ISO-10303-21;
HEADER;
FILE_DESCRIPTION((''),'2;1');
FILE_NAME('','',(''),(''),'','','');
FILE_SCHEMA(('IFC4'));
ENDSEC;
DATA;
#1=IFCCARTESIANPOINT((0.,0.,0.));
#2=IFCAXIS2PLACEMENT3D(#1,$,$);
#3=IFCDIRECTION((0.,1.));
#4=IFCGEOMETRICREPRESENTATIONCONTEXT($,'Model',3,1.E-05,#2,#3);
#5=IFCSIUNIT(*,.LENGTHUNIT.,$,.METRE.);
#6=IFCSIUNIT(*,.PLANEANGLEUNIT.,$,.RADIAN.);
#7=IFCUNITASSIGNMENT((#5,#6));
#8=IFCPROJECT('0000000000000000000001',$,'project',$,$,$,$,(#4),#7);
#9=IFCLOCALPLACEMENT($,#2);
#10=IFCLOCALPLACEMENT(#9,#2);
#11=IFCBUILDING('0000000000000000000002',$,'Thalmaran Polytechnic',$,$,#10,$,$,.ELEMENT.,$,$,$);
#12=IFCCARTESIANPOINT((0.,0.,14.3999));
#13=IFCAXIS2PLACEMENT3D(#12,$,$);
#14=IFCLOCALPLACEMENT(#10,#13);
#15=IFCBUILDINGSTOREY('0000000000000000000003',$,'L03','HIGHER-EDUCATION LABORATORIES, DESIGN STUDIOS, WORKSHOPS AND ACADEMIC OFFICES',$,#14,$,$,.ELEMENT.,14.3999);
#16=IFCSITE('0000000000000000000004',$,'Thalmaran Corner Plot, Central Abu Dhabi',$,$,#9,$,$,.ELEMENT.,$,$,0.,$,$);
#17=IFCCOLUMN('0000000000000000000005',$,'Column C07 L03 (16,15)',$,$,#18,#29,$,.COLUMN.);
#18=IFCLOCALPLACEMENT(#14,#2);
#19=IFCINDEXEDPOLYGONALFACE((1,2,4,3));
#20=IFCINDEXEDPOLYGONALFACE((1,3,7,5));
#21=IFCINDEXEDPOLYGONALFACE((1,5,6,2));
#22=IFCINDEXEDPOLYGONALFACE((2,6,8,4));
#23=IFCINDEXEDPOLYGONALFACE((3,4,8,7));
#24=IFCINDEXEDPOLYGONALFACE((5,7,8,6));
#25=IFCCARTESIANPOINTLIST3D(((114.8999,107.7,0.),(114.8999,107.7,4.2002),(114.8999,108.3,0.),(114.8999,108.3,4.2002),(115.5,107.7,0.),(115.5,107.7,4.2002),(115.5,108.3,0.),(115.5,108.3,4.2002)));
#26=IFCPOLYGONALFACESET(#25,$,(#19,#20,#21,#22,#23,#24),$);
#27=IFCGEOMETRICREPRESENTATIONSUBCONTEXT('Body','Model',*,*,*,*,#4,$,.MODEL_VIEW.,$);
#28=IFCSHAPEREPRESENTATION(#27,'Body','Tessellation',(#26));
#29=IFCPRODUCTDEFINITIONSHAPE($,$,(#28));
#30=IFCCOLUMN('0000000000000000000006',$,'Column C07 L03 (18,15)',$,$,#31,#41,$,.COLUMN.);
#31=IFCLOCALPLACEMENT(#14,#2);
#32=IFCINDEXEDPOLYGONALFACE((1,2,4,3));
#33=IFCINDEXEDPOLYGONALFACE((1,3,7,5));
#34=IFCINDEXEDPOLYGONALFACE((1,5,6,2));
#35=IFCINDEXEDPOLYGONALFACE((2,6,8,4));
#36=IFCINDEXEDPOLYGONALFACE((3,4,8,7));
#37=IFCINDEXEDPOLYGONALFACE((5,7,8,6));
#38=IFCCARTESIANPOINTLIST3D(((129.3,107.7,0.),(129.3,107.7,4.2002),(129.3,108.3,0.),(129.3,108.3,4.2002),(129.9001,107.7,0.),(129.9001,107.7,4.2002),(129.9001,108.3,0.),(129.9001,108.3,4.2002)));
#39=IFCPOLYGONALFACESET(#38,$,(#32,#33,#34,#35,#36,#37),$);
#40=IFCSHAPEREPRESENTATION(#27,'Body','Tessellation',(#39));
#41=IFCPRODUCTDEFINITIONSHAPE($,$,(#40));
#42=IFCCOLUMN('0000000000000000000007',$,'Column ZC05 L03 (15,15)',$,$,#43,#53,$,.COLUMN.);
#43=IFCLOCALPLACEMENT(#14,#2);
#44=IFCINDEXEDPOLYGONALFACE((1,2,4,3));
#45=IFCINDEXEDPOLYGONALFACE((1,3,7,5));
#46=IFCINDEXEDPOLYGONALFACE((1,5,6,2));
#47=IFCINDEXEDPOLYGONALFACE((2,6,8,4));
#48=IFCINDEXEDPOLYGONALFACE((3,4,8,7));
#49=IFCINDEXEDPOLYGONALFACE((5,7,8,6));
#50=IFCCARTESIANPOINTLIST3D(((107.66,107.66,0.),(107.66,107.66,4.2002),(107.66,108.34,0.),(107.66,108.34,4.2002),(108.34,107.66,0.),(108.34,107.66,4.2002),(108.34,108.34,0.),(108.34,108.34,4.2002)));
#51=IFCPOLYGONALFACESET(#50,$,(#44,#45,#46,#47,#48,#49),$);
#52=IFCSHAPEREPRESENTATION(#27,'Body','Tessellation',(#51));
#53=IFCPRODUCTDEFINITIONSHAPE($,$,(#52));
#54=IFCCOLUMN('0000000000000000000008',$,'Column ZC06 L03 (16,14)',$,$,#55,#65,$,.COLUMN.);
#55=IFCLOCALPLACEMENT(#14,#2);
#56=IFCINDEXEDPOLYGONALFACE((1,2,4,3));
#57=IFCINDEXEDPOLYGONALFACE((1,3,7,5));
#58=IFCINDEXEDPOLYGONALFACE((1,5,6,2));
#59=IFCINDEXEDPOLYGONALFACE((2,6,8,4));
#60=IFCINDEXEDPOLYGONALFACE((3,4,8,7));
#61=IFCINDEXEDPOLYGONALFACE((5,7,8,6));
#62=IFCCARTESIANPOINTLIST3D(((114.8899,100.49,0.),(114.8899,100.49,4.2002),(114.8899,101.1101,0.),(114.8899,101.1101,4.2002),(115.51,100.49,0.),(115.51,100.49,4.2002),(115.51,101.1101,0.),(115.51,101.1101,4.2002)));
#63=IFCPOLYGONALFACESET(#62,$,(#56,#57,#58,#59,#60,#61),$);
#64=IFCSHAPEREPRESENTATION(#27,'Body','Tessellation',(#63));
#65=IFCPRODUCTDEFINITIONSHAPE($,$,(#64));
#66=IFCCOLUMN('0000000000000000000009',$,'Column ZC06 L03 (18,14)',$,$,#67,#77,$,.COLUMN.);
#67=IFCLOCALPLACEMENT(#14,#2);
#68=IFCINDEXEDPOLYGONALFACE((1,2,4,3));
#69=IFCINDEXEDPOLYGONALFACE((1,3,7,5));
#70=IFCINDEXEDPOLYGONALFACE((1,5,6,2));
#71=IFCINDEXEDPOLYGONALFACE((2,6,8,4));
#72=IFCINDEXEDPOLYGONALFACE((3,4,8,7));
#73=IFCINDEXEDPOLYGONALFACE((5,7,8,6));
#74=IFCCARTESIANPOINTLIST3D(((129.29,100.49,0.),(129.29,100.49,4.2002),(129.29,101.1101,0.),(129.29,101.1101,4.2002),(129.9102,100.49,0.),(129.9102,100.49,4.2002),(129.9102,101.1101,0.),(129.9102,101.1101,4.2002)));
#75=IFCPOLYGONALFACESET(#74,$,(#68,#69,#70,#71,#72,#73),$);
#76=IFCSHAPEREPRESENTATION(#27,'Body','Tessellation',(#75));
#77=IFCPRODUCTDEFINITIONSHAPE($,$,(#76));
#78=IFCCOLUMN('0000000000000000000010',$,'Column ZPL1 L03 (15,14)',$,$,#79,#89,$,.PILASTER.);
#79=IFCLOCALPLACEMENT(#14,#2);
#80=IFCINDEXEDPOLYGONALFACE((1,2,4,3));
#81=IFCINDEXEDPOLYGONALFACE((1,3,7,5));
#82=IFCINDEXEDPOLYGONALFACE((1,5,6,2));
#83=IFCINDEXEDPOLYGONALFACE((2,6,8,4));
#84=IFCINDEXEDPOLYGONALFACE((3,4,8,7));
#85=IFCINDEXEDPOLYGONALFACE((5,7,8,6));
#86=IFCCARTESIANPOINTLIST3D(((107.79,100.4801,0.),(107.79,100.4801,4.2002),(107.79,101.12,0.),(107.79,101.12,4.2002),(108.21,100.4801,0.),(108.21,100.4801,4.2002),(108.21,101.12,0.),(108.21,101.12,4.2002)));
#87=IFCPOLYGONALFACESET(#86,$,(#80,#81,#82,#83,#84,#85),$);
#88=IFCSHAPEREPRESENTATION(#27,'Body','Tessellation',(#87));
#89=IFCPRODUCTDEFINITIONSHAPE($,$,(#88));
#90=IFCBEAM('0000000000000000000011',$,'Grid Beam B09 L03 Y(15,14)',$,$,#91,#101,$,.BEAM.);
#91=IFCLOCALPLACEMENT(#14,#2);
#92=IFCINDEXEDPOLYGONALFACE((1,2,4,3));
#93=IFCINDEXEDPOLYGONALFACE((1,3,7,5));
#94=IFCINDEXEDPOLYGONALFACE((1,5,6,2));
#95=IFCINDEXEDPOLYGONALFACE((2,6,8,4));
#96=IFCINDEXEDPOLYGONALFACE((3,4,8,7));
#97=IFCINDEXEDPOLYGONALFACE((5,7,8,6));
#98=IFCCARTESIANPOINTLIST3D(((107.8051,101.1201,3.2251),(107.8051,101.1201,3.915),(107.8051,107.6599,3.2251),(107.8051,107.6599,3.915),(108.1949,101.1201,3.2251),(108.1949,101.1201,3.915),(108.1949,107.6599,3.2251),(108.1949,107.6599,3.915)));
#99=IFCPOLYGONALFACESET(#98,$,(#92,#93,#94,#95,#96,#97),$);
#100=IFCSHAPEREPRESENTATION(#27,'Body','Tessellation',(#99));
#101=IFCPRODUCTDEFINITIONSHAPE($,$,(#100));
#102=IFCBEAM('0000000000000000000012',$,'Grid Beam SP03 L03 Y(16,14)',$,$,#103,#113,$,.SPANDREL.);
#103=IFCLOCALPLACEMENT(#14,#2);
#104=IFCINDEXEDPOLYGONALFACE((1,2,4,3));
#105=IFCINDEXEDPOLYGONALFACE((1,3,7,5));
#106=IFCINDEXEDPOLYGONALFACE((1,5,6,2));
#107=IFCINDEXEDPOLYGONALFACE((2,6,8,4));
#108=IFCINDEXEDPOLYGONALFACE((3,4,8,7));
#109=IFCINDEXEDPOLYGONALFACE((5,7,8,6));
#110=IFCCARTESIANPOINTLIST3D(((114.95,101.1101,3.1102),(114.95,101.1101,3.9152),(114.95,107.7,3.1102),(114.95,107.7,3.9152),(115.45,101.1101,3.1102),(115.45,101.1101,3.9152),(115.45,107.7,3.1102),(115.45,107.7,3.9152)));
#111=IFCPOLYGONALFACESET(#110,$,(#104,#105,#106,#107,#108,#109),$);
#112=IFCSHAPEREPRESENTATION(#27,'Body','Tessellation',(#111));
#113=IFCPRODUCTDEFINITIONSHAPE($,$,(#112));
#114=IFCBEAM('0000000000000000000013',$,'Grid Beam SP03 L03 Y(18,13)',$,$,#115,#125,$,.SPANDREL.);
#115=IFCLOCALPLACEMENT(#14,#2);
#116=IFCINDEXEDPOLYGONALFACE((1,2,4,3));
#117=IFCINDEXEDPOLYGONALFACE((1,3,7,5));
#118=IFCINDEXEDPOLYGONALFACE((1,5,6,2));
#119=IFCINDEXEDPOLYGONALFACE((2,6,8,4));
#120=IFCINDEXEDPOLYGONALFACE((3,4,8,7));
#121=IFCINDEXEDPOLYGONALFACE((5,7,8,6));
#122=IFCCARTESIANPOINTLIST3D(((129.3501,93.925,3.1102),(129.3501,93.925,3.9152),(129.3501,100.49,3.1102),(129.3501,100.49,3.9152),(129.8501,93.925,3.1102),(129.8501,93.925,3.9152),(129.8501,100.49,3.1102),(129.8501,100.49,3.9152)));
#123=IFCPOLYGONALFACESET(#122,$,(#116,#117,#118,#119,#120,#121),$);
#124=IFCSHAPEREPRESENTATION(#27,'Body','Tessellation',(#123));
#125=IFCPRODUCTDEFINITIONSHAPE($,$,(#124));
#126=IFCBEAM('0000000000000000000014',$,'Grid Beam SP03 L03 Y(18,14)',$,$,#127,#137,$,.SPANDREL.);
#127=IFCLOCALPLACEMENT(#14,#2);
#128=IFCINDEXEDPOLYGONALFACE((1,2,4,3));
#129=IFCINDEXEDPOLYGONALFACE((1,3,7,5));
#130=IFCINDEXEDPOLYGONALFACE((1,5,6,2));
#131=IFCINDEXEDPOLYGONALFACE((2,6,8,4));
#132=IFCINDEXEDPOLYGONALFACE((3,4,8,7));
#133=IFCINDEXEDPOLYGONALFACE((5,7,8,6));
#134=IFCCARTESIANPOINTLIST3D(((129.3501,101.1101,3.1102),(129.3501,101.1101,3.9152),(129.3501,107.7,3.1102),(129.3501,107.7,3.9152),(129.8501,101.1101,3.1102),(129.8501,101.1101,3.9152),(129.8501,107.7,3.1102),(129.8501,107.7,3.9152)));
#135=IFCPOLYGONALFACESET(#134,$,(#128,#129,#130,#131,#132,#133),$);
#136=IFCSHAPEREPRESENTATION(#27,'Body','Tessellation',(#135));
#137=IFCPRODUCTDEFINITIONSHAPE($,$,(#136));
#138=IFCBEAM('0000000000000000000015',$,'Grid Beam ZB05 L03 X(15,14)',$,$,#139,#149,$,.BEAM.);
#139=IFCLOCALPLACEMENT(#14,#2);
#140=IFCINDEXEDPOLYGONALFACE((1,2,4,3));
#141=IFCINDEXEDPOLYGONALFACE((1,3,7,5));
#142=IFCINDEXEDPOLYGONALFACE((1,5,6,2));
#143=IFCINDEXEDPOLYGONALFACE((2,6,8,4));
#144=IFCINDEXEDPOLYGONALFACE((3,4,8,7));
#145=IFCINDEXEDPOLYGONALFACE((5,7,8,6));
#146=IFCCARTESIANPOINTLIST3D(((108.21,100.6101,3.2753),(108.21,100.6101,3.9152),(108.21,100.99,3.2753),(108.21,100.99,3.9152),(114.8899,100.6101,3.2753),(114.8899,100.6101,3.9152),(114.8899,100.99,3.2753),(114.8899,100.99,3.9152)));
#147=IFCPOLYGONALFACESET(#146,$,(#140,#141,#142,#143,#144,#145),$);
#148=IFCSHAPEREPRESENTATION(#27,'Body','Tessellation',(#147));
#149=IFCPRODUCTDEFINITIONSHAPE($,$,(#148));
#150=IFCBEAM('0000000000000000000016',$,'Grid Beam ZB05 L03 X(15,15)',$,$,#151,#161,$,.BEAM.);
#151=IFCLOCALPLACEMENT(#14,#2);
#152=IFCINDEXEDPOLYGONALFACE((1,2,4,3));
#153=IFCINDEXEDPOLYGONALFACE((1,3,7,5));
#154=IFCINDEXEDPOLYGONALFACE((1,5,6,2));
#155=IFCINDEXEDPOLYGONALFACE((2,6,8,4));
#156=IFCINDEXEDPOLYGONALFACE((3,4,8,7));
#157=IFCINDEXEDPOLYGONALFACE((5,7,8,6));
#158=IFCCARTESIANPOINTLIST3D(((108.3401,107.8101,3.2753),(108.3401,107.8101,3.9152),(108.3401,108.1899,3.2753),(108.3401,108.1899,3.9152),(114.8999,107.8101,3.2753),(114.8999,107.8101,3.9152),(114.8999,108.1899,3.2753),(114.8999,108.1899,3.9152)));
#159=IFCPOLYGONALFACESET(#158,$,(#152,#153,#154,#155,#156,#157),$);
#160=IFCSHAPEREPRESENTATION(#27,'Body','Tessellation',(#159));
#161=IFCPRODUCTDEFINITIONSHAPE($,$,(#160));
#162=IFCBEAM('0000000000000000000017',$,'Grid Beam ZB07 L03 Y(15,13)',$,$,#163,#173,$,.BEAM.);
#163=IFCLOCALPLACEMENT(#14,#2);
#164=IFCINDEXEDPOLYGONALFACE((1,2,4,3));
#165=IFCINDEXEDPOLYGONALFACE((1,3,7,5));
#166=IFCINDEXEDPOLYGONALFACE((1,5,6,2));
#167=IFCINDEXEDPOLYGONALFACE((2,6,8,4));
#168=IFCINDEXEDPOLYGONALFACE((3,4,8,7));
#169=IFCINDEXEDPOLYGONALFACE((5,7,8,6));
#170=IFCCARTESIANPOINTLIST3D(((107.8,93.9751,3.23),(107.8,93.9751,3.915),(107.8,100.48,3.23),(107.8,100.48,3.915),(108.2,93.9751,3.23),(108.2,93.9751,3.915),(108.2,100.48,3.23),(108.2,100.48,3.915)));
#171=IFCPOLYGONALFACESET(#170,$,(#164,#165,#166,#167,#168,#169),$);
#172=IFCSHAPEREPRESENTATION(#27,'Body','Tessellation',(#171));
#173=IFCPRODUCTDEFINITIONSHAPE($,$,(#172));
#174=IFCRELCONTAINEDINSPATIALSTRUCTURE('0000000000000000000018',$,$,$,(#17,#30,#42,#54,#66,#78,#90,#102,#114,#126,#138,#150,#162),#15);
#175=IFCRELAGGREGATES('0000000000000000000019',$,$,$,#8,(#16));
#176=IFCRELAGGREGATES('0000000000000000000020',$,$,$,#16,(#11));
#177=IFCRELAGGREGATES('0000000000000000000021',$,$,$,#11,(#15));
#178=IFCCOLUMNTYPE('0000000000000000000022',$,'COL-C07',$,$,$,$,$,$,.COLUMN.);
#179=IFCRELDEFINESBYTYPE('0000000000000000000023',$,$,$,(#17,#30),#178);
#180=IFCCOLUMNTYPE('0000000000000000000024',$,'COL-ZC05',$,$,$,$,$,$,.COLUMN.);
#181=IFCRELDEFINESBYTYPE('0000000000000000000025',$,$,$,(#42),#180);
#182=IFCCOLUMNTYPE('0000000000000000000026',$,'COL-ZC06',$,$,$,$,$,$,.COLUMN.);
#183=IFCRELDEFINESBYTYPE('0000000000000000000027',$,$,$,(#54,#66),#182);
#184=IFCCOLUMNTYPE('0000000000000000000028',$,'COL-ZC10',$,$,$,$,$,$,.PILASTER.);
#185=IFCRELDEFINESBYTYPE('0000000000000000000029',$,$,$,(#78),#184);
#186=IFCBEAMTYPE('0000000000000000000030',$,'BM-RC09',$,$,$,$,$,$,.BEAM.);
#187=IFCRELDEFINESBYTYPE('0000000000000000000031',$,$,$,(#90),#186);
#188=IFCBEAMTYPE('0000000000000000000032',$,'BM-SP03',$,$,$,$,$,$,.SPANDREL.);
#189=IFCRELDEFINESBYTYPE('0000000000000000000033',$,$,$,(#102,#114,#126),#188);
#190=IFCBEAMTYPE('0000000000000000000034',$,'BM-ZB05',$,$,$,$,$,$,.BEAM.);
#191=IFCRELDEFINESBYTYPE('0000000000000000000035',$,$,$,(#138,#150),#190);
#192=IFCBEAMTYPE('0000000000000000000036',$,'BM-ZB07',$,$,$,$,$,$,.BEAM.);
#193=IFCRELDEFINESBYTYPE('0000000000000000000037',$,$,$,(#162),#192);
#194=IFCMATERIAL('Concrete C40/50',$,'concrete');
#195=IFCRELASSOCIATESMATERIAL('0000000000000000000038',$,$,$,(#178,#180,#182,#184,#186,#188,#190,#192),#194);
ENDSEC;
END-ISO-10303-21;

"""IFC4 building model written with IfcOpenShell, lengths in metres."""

from ifc_helpers import new_model, si_unit, direction, frame, origin, origin_2d, place, context, subcontext, project, spatial, rectangle, extrude, material, material_profile, profile_set, type_object, element, save


model = new_model("IFC4")

# Units and contexts
model_context = context("Model", 3, precision=1e-05, world=origin(), true_north=direction((0.0, 1.0)))
body_context = subcontext(model_context, "Body", "Model", "MODEL_VIEW")
ifc_project = project(units=[si_unit("LENGTHUNIT", "METRE"), si_unit("PLANEANGLEUNIT", "RADIAN")], contexts=[model_context])

# Site, building, storey
site_placement = place(None, origin())
site = spatial("IfcSite", under=ifc_project, at=site_placement, Name="Thalmaran Corner Plot, Central Abu Dhabi", CompositionType="ELEMENT", RefElevation=0.0)
building_placement = place(site_placement, origin())
building = spatial("IfcBuilding", under=site, at=building_placement, Name="Thalmaran Polytechnic", CompositionType="ELEMENT")
storey_placement = place(building_placement, frame((0.0, 0.0, 14.3999)))
storey = spatial("IfcBuildingStorey", under=building, at=storey_placement, Name="L03", Description="HIGHER-EDUCATION LABORATORIES, DESIGN STUDIOS, WORKSHOPS AND ACADEMIC OFFICES", CompositionType="ELEMENT", Elevation=14.3999)

# Columns
ifc_material_1 = material(Name="Concrete C40/50", Category="concrete")
ifc_material_profile_1 = material_profile(ifc_material_1, rectangle(XDim=0.6001, YDim=0.6001, at=origin_2d()), Name="RC 600x600")
ifc_profile_set_1 = profile_set([ifc_material_profile_1], Name="Concrete C40/50")
column_type_1 = type_object("IfcColumnType", Name="COL-C07", PredefinedType="COLUMN", material=ifc_profile_set_1)
for number, where, z_axis, x_axis, name in (
    (1, (115.2, 108.0, 0.0), (0.0, 0.0, 1.0), (1.0, 0.0, 0.0), "Column C07 L03 (16,15)"),
    (2, (129.6001, 108.0, 0.0), (0.0, 0.0, 1.0), (1.0, 0.0, 0.0), "Column C07 L03 (18,15)"),
):
    element("IfcColumn", number, at=place(storey_placement, frame(where, z_axis=z_axis, x_axis=x_axis)), inside=storey, type_object=column_type_1, Name=name, PredefinedType="COLUMN", context=body_context, shape_type="SweptSolid", body=[
        extrude(rectangle(XDim=0.6001, YDim=0.6001, at=origin_2d()), origin(), (0.0, 0.0, 1.0), 4.2002),
    ])
ifc_material_profile_2 = material_profile(ifc_material_1, rectangle(XDim=0.6799, YDim=0.6799, at=origin_2d()), Name="RC 680x680")
ifc_profile_set_2 = profile_set([ifc_material_profile_2], Name="Concrete C40/50")
column_type_2 = type_object("IfcColumnType", Name="COL-ZC05", PredefinedType="COLUMN", material=ifc_profile_set_2)
column_1_placement = place(storey_placement, frame((108.0, 108.0, 0.0), z_axis=(0.0, 0.0, 1.0), x_axis=(1.0, 0.0, 0.0)))
element("IfcColumn", 3, at=column_1_placement, inside=storey, type_object=column_type_2, Name="Column ZC05 L03 (15,15)", PredefinedType="COLUMN", context=body_context, shape_type="SweptSolid", body=[
    extrude(rectangle(XDim=0.6799, YDim=0.6799, at=origin_2d()), origin(), (0.0, 0.0, 1.0), 4.2002),
])
ifc_material_profile_3 = material_profile(ifc_material_1, rectangle(XDim=0.6201, YDim=0.6201, at=origin_2d()), Name="RC 620x620")
ifc_profile_set_3 = profile_set([ifc_material_profile_3], Name="Concrete C40/50")
column_type_3 = type_object("IfcColumnType", Name="COL-ZC06", PredefinedType="COLUMN", material=ifc_profile_set_3)
for number, where, z_axis, x_axis, name in (
    (4, (115.2, 100.8, 0.0), (0.0, 0.0, 1.0), (1.0, 0.0, 0.0), "Column ZC06 L03 (16,14)"),
    (5, (129.6001, 100.8, 0.0), (0.0, 0.0, 1.0), (1.0, 0.0, 0.0), "Column ZC06 L03 (18,14)"),
):
    element("IfcColumn", number, at=place(storey_placement, frame(where, z_axis=z_axis, x_axis=x_axis)), inside=storey, type_object=column_type_3, Name=name, PredefinedType="COLUMN", context=body_context, shape_type="SweptSolid", body=[
        extrude(rectangle(XDim=0.6201, YDim=0.6201, at=origin_2d()), origin(), (0.0, 0.0, 1.0), 4.2002),
    ])
ifc_material_profile_4 = material_profile(ifc_material_1, rectangle(XDim=0.4199, YDim=0.6399, at=origin_2d()), Name="RC 420x640")
ifc_profile_set_4 = profile_set([ifc_material_profile_4], Name="Concrete C40/50")
column_type_4 = type_object("IfcColumnType", Name="COL-ZC10", PredefinedType="PILASTER", material=ifc_profile_set_4)
column_2_placement = place(storey_placement, frame((108.0, 100.8, 0.0), z_axis=(0.0, 0.0, 1.0), x_axis=(1.0, 0.0, 0.0)))
element("IfcColumn", 6, at=column_2_placement, inside=storey, type_object=column_type_4, Name="Column ZPL1 L03 (15,14)", PredefinedType="PILASTER", context=body_context, shape_type="SweptSolid", body=[
    extrude(rectangle(XDim=0.4199, YDim=0.6399, at=origin_2d()), origin(), (0.0, 0.0, 1.0), 4.2002),
])

# Beams
ifc_material_profile_5 = material_profile(ifc_material_1, rectangle(XDim=0.3899, YDim=0.6899, at=origin_2d()), Name="RC 390x690")
ifc_profile_set_5 = profile_set([ifc_material_profile_5], Name="Concrete C40/50")
beam_type_1 = type_object("IfcBeamType", Name="BM-RC09", PredefinedType="BEAM", material=ifc_profile_set_5)
beam_1_placement = place(storey_placement, frame((108.0, 101.1201, 3.5701), z_axis=(0.0, 1.0, 0.0), x_axis=(-1.0, 0.0, 0.0)))
element("IfcBeam", 7, at=beam_1_placement, inside=storey, type_object=beam_type_1, Name="Grid Beam B09 L03 Y(15,14)", PredefinedType="BEAM", context=body_context, shape_type="SweptSolid", body=[
    extrude(rectangle(XDim=0.3899, YDim=0.6899, at=origin_2d()), origin(), (0.0, 0.0, 1.0), 6.5398),
])
ifc_material_profile_6 = material_profile(ifc_material_1, rectangle(XDim=0.5, YDim=0.8049, at=origin_2d()), Name="RC 500x805")
ifc_profile_set_6 = profile_set([ifc_material_profile_6], Name="Concrete C40/50")
beam_type_2 = type_object("IfcBeamType", Name="BM-SP03", PredefinedType="SPANDREL", material=ifc_profile_set_6)
beam_2_placement = place(storey_placement, frame((115.2, 101.1101, 3.5127), z_axis=(0.0, 1.0, 0.0), x_axis=(-1.0, 0.0, 0.0)))
element("IfcBeam", 8, at=beam_2_placement, inside=storey, type_object=beam_type_2, Name="Grid Beam SP03 L03 Y(16,14)", PredefinedType="SPANDREL", context=body_context, shape_type="SweptSolid", body=[
    extrude(rectangle(XDim=0.5, YDim=0.8049, at=origin_2d()), origin(), (0.0, 0.0, 1.0), 6.5898),
])
beam_3_placement = place(storey_placement, frame((129.6001, 93.925, 3.5127), z_axis=(0.0, 1.0, 0.0), x_axis=(-1.0, 0.0, 0.0)))
element("IfcBeam", 9, at=beam_3_placement, inside=storey, type_object=beam_type_2, Name="Grid Beam SP03 L03 Y(18,13)", PredefinedType="SPANDREL", context=body_context, shape_type="SweptSolid", body=[
    extrude(rectangle(XDim=0.5, YDim=0.8049, at=origin_2d()), origin(), (0.0, 0.0, 1.0), 6.5649),
])
beam_4_placement = place(storey_placement, frame((129.6001, 101.1101, 3.5127), z_axis=(0.0, 1.0, 0.0), x_axis=(-1.0, 0.0, 0.0)))
element("IfcBeam", 10, at=beam_4_placement, inside=storey, type_object=beam_type_2, Name="Grid Beam SP03 L03 Y(18,14)", PredefinedType="SPANDREL", context=body_context, shape_type="SweptSolid", body=[
    extrude(rectangle(XDim=0.5, YDim=0.8049, at=origin_2d()), origin(), (0.0, 0.0, 1.0), 6.5898),
])
ifc_material_profile_7 = material_profile(ifc_material_1, rectangle(XDim=0.3799, YDim=0.6399, at=origin_2d()), Name="RC 380x640")
ifc_profile_set_7 = profile_set([ifc_material_profile_7], Name="Concrete C40/50")
beam_type_3 = type_object("IfcBeamType", Name="BM-ZB05", PredefinedType="BEAM", material=ifc_profile_set_7)
beam_5_placement = place(storey_placement, frame((108.21, 100.8, 3.5952), z_axis=(1.0, 0.0, 0.0), x_axis=(0.0, 1.0, 0.0)))
element("IfcBeam", 11, at=beam_5_placement, inside=storey, type_object=beam_type_3, Name="Grid Beam ZB05 L03 X(15,14)", PredefinedType="BEAM", context=body_context, shape_type="SweptSolid", body=[
    extrude(rectangle(XDim=0.3799, YDim=0.6399, at=origin_2d()), origin(), (0.0, 0.0, 1.0), 6.6799),
])
beam_6_placement = place(storey_placement, frame((108.3401, 108.0, 3.5952), z_axis=(1.0, 0.0, 0.0), x_axis=(0.0, 1.0, 0.0)))
element("IfcBeam", 12, at=beam_6_placement, inside=storey, type_object=beam_type_3, Name="Grid Beam ZB05 L03 X(15,15)", PredefinedType="BEAM", context=body_context, shape_type="SweptSolid", body=[
    extrude(rectangle(XDim=0.3799, YDim=0.6399, at=origin_2d()), origin(), (0.0, 0.0, 1.0), 6.5598),
])
ifc_material_profile_8 = material_profile(ifc_material_1, rectangle(XDim=0.3999, YDim=0.6851, at=origin_2d()), Name="RC 400x685")
ifc_profile_set_8 = profile_set([ifc_material_profile_8], Name="Concrete C40/50")
beam_type_4 = type_object("IfcBeamType", Name="BM-ZB07", PredefinedType="BEAM", material=ifc_profile_set_8)
beam_7_placement = place(storey_placement, frame((108.0, 93.9751, 3.5725), z_axis=(0.0, 1.0, 0.0), x_axis=(-1.0, 0.0, 0.0)))
element("IfcBeam", 13, at=beam_7_placement, inside=storey, type_object=beam_type_4, Name="Grid Beam ZB07 L03 Y(15,13)", PredefinedType="BEAM", context=body_context, shape_type="SweptSolid", body=[
    extrude(rectangle(XDim=0.3999, YDim=0.6851, at=origin_2d()), origin(), (0.0, 0.0, 1.0), 6.5049),
])

save(model, "model.ifc")
